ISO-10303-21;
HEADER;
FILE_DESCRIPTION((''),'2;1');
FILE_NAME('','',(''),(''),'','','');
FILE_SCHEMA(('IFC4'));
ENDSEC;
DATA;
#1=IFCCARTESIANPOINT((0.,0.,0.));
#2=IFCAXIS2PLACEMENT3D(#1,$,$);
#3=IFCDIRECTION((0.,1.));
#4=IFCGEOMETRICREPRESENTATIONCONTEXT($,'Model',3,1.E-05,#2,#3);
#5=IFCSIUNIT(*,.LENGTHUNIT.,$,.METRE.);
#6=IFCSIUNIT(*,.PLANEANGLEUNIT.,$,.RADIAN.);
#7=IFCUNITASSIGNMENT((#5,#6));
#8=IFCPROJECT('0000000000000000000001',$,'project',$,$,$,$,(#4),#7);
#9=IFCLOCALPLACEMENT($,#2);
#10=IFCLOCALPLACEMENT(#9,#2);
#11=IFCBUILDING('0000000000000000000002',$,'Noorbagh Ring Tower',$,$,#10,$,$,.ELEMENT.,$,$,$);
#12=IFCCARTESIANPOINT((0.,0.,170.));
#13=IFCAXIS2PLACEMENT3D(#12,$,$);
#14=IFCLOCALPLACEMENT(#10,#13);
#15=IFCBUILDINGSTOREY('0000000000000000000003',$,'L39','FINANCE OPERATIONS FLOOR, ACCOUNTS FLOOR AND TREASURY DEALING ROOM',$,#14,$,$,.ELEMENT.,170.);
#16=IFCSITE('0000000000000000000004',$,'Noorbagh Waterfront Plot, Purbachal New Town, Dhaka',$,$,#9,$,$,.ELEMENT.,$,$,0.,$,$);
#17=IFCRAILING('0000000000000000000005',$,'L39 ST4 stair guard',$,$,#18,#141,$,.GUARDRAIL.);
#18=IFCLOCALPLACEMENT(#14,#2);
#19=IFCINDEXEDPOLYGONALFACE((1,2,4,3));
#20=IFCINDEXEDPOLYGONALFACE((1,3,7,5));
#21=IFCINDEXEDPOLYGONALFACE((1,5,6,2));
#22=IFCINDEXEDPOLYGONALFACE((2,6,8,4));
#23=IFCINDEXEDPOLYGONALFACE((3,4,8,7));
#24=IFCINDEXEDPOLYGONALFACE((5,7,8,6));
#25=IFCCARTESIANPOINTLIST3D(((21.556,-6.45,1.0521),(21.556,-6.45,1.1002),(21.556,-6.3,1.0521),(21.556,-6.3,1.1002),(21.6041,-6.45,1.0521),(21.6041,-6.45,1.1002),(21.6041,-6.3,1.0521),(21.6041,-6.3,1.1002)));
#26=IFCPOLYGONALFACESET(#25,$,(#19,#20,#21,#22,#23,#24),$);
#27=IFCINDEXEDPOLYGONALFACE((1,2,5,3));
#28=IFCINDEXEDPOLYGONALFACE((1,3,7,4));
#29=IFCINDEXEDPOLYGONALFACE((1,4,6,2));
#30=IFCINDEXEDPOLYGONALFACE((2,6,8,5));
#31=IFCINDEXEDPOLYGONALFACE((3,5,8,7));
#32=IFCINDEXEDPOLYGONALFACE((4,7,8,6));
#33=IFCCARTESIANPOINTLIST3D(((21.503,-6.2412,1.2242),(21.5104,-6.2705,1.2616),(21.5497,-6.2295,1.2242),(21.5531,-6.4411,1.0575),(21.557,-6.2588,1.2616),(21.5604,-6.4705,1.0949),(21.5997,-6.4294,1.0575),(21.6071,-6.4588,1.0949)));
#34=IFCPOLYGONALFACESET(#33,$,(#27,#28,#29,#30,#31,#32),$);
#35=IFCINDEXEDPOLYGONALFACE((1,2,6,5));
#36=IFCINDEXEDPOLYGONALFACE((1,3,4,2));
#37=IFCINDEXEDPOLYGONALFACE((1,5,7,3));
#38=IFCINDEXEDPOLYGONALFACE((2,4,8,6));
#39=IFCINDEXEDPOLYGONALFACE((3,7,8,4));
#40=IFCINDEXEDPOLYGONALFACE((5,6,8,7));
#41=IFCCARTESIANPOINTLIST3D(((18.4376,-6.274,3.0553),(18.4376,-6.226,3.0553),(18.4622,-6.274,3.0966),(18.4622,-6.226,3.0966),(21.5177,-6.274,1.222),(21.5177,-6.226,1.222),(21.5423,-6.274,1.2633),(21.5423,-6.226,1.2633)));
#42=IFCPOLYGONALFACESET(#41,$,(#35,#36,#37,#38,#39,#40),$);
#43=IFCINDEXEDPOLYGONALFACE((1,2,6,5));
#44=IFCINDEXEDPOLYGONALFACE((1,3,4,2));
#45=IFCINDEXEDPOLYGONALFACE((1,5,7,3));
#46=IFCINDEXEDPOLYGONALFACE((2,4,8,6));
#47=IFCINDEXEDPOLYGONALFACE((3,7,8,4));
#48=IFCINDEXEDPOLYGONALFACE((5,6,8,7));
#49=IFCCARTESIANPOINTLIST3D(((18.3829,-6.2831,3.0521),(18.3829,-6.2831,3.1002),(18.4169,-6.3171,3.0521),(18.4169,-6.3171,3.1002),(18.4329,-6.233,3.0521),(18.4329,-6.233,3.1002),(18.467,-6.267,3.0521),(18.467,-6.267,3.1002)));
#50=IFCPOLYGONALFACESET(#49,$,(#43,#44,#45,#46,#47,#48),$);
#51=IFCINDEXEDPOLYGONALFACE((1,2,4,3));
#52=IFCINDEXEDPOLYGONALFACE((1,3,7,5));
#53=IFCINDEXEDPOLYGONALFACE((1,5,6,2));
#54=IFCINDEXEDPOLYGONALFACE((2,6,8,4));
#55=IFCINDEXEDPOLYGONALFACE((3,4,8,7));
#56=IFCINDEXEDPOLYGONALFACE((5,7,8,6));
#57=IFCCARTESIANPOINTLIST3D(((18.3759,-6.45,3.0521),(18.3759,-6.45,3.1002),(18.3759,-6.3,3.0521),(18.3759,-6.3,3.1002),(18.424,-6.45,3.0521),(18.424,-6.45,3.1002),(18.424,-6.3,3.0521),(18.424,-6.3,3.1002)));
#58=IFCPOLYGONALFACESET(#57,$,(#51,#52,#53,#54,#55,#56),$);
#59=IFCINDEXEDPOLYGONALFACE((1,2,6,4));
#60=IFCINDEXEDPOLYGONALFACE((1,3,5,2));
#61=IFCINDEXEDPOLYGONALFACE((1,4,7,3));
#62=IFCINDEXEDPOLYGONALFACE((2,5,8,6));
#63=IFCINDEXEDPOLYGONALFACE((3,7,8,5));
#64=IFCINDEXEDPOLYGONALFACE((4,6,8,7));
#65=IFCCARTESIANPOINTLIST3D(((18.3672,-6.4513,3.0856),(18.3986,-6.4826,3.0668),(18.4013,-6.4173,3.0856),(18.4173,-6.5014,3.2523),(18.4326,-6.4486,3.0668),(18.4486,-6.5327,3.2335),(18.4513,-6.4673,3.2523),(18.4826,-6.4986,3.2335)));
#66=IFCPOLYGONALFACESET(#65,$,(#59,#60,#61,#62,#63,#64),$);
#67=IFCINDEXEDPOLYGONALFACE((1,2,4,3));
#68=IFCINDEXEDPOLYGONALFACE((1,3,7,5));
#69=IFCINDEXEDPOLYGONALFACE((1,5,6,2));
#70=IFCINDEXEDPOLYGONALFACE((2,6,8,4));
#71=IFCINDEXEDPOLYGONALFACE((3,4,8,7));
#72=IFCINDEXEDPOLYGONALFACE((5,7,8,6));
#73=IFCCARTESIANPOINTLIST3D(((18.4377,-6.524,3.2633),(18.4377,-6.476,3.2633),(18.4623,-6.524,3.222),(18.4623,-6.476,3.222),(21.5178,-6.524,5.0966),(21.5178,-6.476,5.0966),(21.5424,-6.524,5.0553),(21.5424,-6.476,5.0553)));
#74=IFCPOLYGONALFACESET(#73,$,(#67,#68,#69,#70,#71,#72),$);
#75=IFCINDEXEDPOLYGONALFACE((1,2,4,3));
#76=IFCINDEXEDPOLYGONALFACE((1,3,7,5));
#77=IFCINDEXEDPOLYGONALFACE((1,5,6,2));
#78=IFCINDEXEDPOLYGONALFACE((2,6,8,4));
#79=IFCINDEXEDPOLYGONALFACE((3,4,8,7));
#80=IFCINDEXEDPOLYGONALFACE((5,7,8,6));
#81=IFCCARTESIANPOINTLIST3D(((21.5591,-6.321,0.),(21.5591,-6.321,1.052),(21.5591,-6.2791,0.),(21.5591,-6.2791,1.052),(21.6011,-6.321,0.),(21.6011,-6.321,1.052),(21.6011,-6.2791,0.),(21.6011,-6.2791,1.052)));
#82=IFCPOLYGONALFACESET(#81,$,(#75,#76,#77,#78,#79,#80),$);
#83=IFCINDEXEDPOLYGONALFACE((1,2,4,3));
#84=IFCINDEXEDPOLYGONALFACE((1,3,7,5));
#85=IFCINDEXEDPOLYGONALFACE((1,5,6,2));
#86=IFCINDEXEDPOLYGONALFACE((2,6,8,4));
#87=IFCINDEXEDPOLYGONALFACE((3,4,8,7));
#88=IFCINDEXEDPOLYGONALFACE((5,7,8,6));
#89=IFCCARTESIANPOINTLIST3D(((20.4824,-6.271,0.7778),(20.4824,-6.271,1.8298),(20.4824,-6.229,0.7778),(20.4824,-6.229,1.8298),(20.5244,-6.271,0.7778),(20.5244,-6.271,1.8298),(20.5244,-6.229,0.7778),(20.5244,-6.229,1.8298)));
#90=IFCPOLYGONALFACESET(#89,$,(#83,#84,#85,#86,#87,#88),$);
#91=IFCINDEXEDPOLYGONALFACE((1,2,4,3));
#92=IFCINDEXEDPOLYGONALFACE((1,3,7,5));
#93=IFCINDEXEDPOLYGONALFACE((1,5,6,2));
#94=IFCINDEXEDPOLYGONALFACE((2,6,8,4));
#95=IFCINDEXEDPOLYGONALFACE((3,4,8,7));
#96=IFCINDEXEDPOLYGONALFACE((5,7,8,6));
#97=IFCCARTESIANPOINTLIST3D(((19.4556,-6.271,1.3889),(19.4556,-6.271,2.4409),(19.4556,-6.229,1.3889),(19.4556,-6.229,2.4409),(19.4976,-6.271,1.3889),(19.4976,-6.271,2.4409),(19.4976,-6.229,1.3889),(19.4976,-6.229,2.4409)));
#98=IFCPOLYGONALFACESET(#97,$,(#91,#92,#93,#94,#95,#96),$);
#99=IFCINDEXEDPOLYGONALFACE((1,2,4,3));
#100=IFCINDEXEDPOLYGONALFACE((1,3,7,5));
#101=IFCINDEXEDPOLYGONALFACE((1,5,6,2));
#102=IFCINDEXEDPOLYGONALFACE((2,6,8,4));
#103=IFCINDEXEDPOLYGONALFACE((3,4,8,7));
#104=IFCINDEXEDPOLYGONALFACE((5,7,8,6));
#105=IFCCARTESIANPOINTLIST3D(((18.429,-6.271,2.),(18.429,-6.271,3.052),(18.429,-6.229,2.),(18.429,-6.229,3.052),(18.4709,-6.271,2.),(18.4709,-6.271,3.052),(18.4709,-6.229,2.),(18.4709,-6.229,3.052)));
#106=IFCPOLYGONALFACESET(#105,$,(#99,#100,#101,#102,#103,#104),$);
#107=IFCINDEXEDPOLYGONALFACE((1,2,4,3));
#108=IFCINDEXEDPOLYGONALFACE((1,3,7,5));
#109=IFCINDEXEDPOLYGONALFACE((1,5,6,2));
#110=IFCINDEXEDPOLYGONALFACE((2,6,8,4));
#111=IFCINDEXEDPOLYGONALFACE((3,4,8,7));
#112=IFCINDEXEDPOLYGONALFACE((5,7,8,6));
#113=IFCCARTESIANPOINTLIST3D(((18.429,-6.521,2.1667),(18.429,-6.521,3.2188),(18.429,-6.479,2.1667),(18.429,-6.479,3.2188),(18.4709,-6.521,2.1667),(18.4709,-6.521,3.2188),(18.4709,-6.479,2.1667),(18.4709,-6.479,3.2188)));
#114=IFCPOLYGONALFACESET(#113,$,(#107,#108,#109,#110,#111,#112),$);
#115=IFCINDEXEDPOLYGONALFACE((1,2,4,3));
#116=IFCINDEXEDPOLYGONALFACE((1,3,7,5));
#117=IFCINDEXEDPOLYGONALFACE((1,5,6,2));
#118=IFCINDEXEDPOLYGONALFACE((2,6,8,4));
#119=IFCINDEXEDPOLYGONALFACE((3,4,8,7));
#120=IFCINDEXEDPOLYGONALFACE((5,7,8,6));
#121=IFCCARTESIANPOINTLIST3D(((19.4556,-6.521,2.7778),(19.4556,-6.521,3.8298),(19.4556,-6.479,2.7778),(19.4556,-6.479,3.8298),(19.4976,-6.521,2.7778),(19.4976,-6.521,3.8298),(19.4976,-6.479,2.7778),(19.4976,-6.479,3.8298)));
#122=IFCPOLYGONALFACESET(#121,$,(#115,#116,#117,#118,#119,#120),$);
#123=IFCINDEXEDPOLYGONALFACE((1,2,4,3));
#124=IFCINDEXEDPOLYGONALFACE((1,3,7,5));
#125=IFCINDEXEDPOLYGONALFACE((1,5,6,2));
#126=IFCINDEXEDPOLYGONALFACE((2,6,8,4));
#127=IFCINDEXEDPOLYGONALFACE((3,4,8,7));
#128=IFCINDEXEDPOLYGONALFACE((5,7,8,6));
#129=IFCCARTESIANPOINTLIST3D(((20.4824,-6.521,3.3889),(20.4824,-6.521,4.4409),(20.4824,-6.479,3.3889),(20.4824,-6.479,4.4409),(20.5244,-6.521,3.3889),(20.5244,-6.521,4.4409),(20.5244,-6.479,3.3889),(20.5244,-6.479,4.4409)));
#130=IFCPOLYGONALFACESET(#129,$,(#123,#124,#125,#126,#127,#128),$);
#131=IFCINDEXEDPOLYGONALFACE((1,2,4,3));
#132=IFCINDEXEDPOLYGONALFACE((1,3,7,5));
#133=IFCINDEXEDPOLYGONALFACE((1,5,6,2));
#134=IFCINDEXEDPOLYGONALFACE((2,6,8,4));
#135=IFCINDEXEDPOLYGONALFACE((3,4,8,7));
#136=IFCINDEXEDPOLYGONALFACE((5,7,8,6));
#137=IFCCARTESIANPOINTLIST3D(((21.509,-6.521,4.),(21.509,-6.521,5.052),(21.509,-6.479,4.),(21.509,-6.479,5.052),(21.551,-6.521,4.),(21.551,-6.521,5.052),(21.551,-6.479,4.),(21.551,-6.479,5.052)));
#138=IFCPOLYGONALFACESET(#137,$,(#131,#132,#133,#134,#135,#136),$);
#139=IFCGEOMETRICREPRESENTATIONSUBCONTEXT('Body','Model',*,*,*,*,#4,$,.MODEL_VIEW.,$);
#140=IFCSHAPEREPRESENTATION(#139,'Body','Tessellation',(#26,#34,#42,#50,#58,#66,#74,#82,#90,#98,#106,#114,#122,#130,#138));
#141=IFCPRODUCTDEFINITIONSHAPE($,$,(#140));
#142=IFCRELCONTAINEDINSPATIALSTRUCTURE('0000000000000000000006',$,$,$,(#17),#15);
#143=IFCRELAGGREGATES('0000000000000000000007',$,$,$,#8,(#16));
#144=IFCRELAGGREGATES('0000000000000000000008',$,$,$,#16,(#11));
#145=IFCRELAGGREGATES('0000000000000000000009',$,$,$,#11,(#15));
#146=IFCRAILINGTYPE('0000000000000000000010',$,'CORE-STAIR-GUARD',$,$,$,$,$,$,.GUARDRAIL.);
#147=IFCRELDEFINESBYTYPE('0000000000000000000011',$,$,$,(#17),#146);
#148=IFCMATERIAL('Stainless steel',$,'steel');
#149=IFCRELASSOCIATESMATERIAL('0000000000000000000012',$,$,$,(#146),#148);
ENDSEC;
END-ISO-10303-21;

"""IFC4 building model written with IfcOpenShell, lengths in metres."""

from ifc_helpers import new_model, si_unit, direction, frame, origin, origin_2d, place, context, subcontext, project, spatial, rectangle, extrude, material, type_object, element, save


model = new_model("IFC4")

# Units and contexts
model_context = context("Model", 3, precision=1e-05, world=origin(), true_north=direction((0.0, 1.0)))
body_context = subcontext(model_context, "Body", "Model", "MODEL_VIEW")
ifc_project = project(units=[si_unit("LENGTHUNIT", "METRE"), si_unit("PLANEANGLEUNIT", "RADIAN")], contexts=[model_context])

# Site, building, storey
site_placement = place(None, origin())
site = spatial("IfcSite", under=ifc_project, at=site_placement, Name="Noorbagh Waterfront Plot, Purbachal New Town, Dhaka", CompositionType="ELEMENT", RefElevation=0.0)
building_placement = place(site_placement, origin())
building = spatial("IfcBuilding", under=site, at=building_placement, Name="Noorbagh Ring Tower", CompositionType="ELEMENT")
storey_placement = place(building_placement, frame((0.0, 0.0, 170.0)))
storey = spatial("IfcBuildingStorey", under=building, at=storey_placement, Name="L39", Description="FINANCE OPERATIONS FLOOR, ACCOUNTS FLOOR AND TREASURY DEALING ROOM", CompositionType="ELEMENT", Elevation=170.0)

# Railing
ifc_material_1 = material(Name="Stainless steel", Category="steel")
railing_type_1 = type_object("IfcRailingType", Name="CORE-STAIR-GUARD", PredefinedType="GUARDRAIL", material=ifc_material_1)
railing_1_placement = place(storey_placement, frame((21.5801, -6.3, 0.0)))
element("IfcRailing", 1, at=railing_1_placement, inside=storey, type_object=railing_type_1, Name="L39 ST4 stair guard", PredefinedType="GUARDRAIL", context=body_context, shape_type="SweptSolid", body=[
    extrude(rectangle(XDim=0.0481, YDim=0.0481, at=origin_2d()), frame((0.0, 0.0, 1.0762), z_axis=(0.0, -1.0, 0.0), x_axis=(1.0, 0.0, 0.0)), (0.0, 0.0, 1.0), 0.1499),
    extrude(rectangle(XDim=0.0481, YDim=0.0481, at=origin_2d()), frame((0.0, -0.1499, 1.0762), z_axis=(-0.188776, 0.754182, 0.628946), x_axis=(-0.970073, -0.242814, 0.0)), (0.0, 0.0, 1.0), 0.2651),
    extrude(rectangle(XDim=0.0481, YDim=0.0481, at=origin_2d()), frame((-0.05, 0.05, 1.2427), z_axis=(-0.859309, 0.0, 0.511458), x_axis=(0.0, -1.0, 0.0)), (0.0, 0.0, 1.0), 3.5845),
    extrude(rectangle(XDim=0.0481, YDim=0.0481, at=origin_2d()), frame((-3.1301, 0.05, 3.0762), z_axis=(-0.707107, -0.707107, 0.0), x_axis=(0.707107, -0.707107, 0.0)), (0.0, 0.0, 1.0), 0.0708),
    extrude(rectangle(XDim=0.0481, YDim=0.0481, at=origin_2d()), frame((-3.1802, 0.0, 3.0762), z_axis=(0.0, -1.0, 0.0), x_axis=(1.0, 0.0, 0.0)), (0.0, 0.0, 1.0), 0.1499),
    extrude(rectangle(XDim=0.0481, YDim=0.0481, at=origin_2d()), frame((-3.1802, -0.1499, 3.0762), z_axis=(0.276287, -0.276287, 0.920506), x_axis=(0.707107, 0.707107, 0.0)), (0.0, 0.0, 1.0), 0.1812),
    extrude(rectangle(XDim=0.0481, YDim=0.0481, at=origin_2d()), frame((-3.1301, -0.2, 3.2427), z_axis=(0.859309, 0.0, 0.511458), x_axis=(0.0, 1.0, 0.0)), (0.0, 0.0, 1.0), 3.5845),
    extrude(rectangle(XDim=0.042, YDim=0.042, at=origin_2d()), origin(), (0.0, 0.0, 1.0), 1.052),
    extrude(rectangle(XDim=0.042, YDim=0.042, at=origin_2d()), frame((-1.0767, 0.05, 0.7778)), (0.0, 0.0, 1.0), 1.052),
    extrude(rectangle(XDim=0.042, YDim=0.042, at=origin_2d()), frame((-2.1035, 0.05, 1.3889)), (0.0, 0.0, 1.0), 1.052),
    extrude(rectangle(XDim=0.042, YDim=0.042, at=origin_2d()), frame((-3.1301, 0.05, 2.0)), (0.0, 0.0, 1.0), 1.052),
    extrude(rectangle(XDim=0.042, YDim=0.042, at=origin_2d()), frame((-3.1301, -0.2, 2.1667)), (0.0, 0.0, 1.0), 1.052),
    extrude(rectangle(XDim=0.042, YDim=0.042, at=origin_2d()), frame((-2.1035, -0.2, 2.7778)), (0.0, 0.0, 1.0), 1.052),
    extrude(rectangle(XDim=0.042, YDim=0.042, at=origin_2d()), frame((-1.0767, -0.2, 3.3889)), (0.0, 0.0, 1.0), 1.052),
    extrude(rectangle(XDim=0.042, YDim=0.042, at=origin_2d()), frame((-0.05, -0.2, 4.0)), (0.0, 0.0, 1.0), 1.052),
])

save(model, "model.ifc")
